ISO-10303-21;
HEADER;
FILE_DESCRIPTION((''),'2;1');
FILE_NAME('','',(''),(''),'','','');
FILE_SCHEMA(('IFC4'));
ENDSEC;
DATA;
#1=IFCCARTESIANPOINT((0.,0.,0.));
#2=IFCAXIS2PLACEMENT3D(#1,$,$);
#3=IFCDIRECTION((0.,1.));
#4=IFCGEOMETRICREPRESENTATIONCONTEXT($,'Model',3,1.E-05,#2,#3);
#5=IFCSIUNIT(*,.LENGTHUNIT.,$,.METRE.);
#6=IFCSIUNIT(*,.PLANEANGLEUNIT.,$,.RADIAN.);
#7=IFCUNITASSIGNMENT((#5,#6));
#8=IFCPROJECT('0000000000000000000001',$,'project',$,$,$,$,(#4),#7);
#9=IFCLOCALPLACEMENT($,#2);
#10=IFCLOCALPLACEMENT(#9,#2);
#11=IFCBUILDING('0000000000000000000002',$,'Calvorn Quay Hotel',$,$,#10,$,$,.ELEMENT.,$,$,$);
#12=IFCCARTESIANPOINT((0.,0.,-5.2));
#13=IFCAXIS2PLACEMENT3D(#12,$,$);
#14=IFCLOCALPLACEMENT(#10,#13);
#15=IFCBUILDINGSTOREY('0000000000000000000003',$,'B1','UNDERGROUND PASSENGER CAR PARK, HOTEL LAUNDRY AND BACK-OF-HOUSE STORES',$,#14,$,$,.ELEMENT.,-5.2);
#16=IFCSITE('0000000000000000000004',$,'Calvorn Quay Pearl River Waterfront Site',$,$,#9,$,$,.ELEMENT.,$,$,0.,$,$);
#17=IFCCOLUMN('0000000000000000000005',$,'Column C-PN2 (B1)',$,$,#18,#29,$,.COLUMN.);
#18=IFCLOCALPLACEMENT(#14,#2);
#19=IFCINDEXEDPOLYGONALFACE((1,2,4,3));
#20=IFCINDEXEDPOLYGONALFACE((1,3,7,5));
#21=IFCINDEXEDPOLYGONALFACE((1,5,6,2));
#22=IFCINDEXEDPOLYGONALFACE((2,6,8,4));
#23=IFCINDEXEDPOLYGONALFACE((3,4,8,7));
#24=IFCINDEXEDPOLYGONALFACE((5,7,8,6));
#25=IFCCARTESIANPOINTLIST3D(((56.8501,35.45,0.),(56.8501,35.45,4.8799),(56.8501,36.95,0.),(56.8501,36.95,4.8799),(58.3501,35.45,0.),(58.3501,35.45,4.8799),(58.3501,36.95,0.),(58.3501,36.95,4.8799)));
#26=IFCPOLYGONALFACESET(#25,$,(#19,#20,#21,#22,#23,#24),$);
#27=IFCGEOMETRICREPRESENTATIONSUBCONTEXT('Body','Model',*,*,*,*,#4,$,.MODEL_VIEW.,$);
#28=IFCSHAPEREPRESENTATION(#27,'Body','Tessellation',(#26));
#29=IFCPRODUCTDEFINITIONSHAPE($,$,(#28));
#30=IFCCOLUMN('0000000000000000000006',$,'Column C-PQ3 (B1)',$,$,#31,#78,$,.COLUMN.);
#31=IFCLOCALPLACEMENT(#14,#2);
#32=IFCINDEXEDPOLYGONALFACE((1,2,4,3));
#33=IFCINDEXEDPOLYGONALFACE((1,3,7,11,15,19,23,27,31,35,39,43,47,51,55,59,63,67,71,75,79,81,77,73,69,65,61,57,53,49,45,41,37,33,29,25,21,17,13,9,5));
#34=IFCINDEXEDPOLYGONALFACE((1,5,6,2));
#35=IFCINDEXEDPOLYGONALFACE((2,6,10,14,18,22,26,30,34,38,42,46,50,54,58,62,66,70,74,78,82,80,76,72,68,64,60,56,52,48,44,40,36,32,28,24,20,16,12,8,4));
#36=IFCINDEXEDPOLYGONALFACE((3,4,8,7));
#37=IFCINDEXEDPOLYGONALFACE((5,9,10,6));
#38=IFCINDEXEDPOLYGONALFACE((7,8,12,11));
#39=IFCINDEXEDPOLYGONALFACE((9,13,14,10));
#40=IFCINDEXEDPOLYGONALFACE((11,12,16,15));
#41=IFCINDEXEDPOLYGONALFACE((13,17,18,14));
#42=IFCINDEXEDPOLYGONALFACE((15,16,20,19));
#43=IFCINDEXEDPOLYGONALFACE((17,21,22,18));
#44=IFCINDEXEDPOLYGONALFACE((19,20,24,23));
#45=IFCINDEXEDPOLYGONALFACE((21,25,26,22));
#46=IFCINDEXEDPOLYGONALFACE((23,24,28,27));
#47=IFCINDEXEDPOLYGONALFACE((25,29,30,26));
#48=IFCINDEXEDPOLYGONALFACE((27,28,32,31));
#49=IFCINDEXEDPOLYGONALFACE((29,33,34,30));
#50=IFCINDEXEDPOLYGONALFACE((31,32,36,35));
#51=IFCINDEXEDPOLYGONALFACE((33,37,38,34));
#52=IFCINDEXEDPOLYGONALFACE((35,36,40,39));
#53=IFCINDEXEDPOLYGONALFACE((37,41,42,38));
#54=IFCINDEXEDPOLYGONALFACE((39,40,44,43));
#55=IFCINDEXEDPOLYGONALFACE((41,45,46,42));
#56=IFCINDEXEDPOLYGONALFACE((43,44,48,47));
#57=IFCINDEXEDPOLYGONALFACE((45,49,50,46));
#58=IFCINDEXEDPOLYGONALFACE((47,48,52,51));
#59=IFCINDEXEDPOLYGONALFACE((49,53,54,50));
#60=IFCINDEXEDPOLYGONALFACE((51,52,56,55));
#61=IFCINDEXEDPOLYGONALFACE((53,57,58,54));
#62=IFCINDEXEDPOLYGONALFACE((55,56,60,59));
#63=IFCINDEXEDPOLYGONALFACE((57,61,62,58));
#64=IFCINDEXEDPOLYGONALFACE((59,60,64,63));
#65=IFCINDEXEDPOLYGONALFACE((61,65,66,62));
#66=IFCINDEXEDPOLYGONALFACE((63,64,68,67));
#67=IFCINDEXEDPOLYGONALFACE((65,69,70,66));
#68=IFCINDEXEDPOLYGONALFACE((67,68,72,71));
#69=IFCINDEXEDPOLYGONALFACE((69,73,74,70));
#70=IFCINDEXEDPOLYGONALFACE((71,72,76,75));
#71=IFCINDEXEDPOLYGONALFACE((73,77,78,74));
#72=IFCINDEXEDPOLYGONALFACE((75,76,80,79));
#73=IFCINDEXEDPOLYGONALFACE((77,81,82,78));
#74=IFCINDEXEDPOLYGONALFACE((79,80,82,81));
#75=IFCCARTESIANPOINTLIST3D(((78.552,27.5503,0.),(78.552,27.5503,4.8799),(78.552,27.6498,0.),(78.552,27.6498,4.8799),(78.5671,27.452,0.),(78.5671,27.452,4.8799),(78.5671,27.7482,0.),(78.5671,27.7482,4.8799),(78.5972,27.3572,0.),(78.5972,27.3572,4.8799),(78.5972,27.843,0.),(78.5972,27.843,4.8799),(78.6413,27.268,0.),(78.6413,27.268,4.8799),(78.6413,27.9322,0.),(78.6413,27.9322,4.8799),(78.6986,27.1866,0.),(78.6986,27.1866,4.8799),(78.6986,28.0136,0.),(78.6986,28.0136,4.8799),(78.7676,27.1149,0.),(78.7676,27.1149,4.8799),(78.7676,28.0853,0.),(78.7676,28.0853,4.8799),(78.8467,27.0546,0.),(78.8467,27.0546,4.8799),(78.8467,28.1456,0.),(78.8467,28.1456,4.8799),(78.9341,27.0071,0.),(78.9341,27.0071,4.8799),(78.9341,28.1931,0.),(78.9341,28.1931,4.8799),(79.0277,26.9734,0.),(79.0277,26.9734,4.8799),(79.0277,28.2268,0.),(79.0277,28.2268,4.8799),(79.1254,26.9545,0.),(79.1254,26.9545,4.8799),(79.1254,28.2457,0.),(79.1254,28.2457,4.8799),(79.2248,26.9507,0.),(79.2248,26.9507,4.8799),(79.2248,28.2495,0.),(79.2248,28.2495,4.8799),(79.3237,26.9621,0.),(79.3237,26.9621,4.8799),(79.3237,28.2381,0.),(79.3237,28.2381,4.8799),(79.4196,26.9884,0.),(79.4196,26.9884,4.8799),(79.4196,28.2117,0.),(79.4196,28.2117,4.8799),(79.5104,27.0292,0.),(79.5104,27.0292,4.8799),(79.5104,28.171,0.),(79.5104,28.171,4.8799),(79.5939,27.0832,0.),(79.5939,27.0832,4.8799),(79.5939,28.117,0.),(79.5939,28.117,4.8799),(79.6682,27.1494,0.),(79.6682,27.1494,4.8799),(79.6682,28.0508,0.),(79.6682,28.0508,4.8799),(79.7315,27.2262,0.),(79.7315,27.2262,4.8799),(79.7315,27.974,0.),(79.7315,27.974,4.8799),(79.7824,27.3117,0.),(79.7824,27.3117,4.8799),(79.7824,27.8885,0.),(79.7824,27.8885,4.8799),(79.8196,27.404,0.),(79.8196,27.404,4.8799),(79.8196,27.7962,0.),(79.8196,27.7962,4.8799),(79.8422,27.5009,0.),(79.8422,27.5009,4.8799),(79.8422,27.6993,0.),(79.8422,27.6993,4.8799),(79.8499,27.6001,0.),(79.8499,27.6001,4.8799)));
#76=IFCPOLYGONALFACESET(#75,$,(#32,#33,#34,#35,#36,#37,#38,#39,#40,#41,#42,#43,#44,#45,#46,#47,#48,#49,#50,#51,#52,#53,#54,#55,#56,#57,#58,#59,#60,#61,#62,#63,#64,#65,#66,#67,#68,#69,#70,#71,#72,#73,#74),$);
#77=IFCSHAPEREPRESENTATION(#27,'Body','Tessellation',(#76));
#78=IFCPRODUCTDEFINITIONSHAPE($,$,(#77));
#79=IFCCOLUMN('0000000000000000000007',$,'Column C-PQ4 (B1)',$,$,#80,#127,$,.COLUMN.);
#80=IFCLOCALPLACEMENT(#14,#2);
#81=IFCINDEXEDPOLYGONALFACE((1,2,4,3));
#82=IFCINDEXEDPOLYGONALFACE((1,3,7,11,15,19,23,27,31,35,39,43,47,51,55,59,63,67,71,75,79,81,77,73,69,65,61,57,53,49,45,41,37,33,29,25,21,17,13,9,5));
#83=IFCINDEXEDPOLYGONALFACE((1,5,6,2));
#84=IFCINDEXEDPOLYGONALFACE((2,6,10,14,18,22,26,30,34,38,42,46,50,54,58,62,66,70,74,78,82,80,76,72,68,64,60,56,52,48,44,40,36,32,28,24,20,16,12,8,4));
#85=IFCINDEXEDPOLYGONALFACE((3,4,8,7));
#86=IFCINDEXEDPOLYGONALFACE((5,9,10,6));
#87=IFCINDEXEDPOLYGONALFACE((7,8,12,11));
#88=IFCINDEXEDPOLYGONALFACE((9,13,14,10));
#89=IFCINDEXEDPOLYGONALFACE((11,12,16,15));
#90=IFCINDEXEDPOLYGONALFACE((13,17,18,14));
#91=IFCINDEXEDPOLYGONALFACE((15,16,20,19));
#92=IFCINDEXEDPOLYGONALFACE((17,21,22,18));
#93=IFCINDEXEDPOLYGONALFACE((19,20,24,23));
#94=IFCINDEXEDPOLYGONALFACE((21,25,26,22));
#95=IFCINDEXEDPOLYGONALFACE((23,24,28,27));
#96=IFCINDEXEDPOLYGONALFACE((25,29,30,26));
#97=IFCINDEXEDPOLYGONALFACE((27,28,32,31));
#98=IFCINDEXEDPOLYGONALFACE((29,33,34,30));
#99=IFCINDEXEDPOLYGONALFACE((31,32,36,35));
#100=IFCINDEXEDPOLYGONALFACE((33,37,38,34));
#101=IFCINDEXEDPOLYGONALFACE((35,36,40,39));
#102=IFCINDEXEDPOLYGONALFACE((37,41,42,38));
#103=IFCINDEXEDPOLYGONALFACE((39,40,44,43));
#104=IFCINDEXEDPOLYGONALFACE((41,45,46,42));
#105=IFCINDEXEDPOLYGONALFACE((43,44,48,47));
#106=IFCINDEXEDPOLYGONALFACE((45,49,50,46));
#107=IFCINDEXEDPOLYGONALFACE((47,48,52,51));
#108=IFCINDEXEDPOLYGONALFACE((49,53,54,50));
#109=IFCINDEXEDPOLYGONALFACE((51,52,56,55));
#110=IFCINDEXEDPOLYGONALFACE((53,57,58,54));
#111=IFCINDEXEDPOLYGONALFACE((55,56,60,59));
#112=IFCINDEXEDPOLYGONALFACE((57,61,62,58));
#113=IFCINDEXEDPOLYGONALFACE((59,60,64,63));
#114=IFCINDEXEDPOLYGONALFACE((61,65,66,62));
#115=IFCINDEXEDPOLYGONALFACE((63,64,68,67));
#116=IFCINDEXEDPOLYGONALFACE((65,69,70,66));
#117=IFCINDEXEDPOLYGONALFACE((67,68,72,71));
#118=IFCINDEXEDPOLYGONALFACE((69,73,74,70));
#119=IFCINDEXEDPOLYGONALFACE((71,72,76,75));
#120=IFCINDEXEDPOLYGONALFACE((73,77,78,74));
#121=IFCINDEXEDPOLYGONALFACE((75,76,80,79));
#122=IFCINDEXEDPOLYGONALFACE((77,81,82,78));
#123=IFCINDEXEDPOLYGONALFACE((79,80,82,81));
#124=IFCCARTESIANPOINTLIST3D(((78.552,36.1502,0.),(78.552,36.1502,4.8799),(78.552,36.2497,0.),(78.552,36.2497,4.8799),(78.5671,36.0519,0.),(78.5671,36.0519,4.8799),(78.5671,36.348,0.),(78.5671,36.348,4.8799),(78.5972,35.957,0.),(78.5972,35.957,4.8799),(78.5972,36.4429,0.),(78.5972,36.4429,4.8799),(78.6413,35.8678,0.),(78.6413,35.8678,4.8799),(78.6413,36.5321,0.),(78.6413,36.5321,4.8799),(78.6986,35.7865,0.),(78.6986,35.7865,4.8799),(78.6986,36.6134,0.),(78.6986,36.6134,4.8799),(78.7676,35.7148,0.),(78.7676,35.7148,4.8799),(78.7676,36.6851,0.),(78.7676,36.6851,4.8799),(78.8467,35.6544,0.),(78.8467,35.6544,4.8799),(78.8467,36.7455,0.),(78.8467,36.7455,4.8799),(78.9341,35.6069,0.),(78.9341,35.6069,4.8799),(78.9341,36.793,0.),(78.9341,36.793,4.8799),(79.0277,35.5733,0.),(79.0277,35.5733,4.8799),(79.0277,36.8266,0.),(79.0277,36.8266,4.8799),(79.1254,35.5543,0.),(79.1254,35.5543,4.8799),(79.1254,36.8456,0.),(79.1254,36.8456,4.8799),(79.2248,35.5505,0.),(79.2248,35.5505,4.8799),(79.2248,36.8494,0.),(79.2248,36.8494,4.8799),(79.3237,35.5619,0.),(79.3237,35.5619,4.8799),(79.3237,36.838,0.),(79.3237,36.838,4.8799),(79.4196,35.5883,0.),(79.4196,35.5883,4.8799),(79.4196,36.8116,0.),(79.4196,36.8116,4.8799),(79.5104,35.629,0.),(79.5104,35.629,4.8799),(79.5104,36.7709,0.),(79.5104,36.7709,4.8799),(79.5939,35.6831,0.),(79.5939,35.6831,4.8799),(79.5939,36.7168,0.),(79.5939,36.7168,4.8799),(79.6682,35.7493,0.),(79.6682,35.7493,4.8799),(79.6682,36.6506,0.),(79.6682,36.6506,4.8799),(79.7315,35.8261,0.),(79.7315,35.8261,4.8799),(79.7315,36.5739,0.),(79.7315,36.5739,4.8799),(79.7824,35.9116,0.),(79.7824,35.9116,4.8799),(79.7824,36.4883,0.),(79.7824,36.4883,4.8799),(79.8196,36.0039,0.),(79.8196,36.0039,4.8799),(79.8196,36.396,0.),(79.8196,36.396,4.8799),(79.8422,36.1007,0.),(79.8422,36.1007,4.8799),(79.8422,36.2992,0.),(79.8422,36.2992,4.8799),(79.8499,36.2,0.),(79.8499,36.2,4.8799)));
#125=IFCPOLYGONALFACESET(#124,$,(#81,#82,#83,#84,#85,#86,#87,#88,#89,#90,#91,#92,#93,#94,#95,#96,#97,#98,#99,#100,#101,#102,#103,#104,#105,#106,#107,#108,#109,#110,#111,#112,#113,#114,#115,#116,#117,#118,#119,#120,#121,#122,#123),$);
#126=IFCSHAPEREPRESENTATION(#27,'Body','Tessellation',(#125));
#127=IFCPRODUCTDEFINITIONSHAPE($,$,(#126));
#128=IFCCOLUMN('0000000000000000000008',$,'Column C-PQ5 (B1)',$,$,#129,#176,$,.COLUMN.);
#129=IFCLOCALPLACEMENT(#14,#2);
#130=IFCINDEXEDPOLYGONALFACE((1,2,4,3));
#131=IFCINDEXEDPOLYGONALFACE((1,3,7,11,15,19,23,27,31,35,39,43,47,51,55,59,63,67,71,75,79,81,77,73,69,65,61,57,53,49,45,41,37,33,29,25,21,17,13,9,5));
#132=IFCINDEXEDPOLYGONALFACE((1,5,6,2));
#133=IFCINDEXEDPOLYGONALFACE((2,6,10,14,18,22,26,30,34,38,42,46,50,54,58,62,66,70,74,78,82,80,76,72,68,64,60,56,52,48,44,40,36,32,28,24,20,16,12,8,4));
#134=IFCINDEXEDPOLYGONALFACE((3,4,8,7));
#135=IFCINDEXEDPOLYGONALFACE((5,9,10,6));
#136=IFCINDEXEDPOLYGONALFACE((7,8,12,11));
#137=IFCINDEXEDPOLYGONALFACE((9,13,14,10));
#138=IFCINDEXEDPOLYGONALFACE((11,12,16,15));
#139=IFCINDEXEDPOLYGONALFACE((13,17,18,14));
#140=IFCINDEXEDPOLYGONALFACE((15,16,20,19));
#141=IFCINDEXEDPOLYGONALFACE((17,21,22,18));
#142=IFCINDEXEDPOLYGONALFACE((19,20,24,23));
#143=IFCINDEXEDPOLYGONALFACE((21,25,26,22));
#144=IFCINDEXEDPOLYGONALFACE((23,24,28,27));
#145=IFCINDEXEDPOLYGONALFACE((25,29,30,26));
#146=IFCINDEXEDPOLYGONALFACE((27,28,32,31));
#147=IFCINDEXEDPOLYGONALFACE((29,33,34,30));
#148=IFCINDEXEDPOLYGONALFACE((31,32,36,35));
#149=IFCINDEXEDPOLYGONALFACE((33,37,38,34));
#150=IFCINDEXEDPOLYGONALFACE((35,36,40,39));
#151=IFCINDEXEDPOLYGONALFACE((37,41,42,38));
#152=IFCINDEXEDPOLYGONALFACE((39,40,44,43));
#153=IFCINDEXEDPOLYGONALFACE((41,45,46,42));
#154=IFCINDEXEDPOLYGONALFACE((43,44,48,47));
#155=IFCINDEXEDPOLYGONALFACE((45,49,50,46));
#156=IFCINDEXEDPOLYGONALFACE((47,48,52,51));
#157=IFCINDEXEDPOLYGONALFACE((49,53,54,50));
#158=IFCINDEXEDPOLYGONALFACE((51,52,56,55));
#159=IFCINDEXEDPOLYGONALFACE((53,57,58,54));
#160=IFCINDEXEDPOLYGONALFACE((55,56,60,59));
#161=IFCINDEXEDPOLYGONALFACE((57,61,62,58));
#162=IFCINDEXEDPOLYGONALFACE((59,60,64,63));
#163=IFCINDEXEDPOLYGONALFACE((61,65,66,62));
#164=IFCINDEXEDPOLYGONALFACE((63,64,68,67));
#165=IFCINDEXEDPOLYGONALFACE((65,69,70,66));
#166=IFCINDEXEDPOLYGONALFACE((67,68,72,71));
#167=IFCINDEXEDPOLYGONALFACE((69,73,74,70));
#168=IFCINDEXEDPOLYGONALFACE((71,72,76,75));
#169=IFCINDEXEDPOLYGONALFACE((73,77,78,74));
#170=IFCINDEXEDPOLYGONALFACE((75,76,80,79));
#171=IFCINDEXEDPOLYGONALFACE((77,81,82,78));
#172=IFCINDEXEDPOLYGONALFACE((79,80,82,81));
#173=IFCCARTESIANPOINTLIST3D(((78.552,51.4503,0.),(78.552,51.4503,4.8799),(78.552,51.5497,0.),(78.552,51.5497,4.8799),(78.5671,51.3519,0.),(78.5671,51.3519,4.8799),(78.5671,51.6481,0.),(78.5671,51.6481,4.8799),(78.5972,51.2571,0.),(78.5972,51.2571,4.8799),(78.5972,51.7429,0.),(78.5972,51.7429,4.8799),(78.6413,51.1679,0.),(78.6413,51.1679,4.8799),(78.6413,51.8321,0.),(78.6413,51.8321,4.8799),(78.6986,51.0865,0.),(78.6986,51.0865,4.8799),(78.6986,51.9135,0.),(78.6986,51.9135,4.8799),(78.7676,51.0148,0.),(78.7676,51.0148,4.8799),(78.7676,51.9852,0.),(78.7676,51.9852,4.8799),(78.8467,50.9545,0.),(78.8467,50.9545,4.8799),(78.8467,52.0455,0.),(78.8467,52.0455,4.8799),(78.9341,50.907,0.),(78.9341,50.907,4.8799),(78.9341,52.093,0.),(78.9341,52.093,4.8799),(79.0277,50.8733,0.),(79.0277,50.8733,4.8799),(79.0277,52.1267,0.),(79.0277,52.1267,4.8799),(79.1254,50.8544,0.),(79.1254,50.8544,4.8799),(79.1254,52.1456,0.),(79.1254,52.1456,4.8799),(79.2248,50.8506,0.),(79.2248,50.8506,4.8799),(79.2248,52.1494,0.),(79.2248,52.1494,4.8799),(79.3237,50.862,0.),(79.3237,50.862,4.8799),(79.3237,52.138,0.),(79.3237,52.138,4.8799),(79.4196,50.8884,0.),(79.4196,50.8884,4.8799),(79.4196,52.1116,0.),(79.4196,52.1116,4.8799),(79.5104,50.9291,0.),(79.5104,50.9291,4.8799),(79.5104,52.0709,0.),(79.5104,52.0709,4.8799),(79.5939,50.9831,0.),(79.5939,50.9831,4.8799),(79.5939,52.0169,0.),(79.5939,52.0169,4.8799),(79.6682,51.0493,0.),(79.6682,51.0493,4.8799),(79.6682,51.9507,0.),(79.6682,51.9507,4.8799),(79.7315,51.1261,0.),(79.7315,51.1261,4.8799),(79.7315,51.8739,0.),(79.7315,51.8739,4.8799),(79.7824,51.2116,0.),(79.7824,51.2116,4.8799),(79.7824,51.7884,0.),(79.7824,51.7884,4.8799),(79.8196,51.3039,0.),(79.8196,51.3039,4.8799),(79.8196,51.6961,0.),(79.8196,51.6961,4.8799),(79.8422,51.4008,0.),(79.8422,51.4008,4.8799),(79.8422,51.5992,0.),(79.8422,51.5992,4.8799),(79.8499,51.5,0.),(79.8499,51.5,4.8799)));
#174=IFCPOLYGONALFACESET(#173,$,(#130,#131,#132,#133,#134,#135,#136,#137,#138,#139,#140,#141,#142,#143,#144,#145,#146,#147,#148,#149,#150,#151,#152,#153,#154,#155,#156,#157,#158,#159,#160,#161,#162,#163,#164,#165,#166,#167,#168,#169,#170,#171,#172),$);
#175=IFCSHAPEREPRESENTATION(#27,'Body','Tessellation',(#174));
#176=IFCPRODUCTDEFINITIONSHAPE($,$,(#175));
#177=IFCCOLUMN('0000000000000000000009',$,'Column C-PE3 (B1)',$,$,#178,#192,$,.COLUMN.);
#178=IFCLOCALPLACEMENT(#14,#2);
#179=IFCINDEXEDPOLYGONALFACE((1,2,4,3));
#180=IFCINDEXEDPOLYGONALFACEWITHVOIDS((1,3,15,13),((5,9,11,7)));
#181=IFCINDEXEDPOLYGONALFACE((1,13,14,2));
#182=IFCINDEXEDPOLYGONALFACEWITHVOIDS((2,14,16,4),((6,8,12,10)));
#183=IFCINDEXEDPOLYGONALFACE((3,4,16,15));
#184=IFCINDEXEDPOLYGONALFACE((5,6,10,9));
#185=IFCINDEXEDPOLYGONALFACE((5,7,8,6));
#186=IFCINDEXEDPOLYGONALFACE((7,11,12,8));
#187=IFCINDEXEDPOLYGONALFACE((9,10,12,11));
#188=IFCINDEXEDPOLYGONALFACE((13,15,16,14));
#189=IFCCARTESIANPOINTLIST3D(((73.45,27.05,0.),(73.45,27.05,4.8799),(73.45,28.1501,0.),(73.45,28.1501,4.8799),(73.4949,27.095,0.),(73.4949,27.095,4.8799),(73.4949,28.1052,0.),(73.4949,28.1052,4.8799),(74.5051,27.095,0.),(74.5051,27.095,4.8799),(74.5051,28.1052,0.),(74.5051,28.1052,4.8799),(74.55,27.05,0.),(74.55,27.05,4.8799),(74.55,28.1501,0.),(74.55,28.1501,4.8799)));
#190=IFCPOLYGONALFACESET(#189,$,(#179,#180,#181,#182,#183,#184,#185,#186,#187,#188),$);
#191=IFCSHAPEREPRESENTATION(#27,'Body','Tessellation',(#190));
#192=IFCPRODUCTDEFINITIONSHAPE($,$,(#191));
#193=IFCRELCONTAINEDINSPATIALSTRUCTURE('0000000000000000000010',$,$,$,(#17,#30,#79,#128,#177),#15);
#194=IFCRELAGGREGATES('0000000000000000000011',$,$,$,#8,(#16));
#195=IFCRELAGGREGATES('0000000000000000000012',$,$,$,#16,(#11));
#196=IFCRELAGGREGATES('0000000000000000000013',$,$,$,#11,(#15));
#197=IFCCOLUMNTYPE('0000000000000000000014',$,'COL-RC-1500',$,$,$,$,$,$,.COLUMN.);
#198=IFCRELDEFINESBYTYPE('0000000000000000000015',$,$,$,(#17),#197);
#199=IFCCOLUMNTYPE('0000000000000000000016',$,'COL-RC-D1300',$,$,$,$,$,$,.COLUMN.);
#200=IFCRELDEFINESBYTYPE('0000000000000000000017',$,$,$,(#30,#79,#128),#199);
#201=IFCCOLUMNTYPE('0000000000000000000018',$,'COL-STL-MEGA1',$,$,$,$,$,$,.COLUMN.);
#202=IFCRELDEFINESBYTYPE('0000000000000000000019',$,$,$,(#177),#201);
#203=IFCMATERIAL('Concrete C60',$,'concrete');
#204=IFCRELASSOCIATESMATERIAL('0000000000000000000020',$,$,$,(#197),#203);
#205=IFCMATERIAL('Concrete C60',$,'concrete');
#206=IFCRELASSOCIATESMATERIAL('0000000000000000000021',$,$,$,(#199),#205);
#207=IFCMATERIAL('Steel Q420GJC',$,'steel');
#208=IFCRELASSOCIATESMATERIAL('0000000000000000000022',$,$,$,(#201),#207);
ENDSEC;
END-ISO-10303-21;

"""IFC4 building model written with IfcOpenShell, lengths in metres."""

from ifc_helpers import new_model, si_unit, direction, frame, origin, origin_2d, place, context, subcontext, project, spatial, rectangle, hollow_rectangle, circle, extrude, material, material_profile, profile_set, type_object, element, save


model = new_model("IFC4")

# Units and contexts
model_context = context("Model", 3, precision=1e-05, world=origin(), true_north=direction((0.0, 1.0)))
body_context = subcontext(model_context, "Body", "Model", "MODEL_VIEW")
ifc_project = project(units=[si_unit("LENGTHUNIT", "METRE"), si_unit("PLANEANGLEUNIT", "RADIAN")], contexts=[model_context])

# Site, building, storey
site_placement = place(None, origin())
site = spatial("IfcSite", under=ifc_project, at=site_placement, Name="Calvorn Quay Pearl River Waterfront Site", CompositionType="ELEMENT", RefElevation=0.0)
building_placement = place(site_placement, origin())
building = spatial("IfcBuilding", under=site, at=building_placement, Name="Calvorn Quay Hotel", CompositionType="ELEMENT")
storey_placement = place(building_placement, frame((0.0, 0.0, -5.2)))
storey = spatial("IfcBuildingStorey", under=building, at=storey_placement, Name="B1", Description="UNDERGROUND PASSENGER CAR PARK, HOTEL LAUNDRY AND BACK-OF-HOUSE STORES", CompositionType="ELEMENT", Elevation=-5.2)

# Columns
ifc_material_1 = material(Name="Concrete C60", Category="concrete")
ifc_material_profile_1 = material_profile(ifc_material_1, rectangle(XDim=1.5, YDim=1.5, at=origin_2d()), Name="RC1500x1500")
ifc_profile_set_1 = profile_set([ifc_material_profile_1], Name="Concrete C60")
column_type_1 = type_object("IfcColumnType", Name="COL-RC-1500", PredefinedType="COLUMN", material=ifc_profile_set_1)
column_1_placement = place(storey_placement, frame((57.6001, 36.2, 0.0), z_axis=(0.0, 0.0, 1.0), x_axis=(1.0, 0.0, 0.0)))
element("IfcColumn", 1, at=column_1_placement, inside=storey, type_object=column_type_1, Name="Column C-PN2 (B1)", PredefinedType="COLUMN", context=body_context, shape_type="SweptSolid", body=[
    extrude(rectangle(XDim=1.5, YDim=1.5, at=origin_2d()), origin(), (0.0, 0.0, 1.0), 4.8799),
])
ifc_material_2 = material(Name="Concrete C60", Category="concrete")
ifc_material_profile_2 = material_profile(ifc_material_2, circle(Radius=0.6499, at=origin_2d()), Name="RCD1300")
ifc_profile_set_2 = profile_set([ifc_material_profile_2], Name="Concrete C60")
column_type_2 = type_object("IfcColumnType", Name="COL-RC-D1300", PredefinedType="COLUMN", material=ifc_profile_set_2)
for number, where, z_axis, x_axis, name in (
    (2, (79.2, 27.6001, 0.0), (0.0, 0.0, 1.0), (1.0, 0.0, 0.0), "Column C-PQ3 (B1)"),
    (3, (79.2, 36.2, 0.0), (0.0, 0.0, 1.0), (1.0, 0.0, 0.0), "Column C-PQ4 (B1)"),
    (4, (79.2, 51.5, 0.0), (0.0, 0.0, 1.0), (1.0, 0.0, 0.0), "Column C-PQ5 (B1)"),
):
    element("IfcColumn", number, at=place(storey_placement, frame(where, z_axis=z_axis, x_axis=x_axis)), inside=storey, type_object=column_type_2, Name=name, PredefinedType="COLUMN", context=body_context, shape_type="SweptSolid", body=[
        extrude(circle(Radius=0.6499, at=origin_2d()), origin(), (0.0, 0.0, 1.0), 4.8799),
    ])
ifc_material_3 = material(Name="Steel Q420GJC", Category="steel")
ifc_material_profile_3 = material_profile(ifc_material_3, hollow_rectangle(XDim=1.1001, YDim=1.1001, WallThickness=0.0449, at=origin_2d()), Name="BOX1100x1100x45")
ifc_profile_set_3 = profile_set([ifc_material_profile_3], Name="Steel Q420GJC")
column_type_3 = type_object("IfcColumnType", Name="COL-STL-MEGA1", PredefinedType="COLUMN", material=ifc_profile_set_3)
for number, where, z_axis, x_axis, name in (
    (5, (74.0, 27.6001, 0.0), (0.0, 0.0, 1.0), (1.0, 0.0, 0.0), "Column C-PE3 (B1)"),
):
    element("IfcColumn", number, at=place(storey_placement, frame(where, z_axis=z_axis, x_axis=x_axis)), inside=storey, type_object=column_type_3, Name=name, PredefinedType="COLUMN", context=body_context, shape_type="SweptSolid", body=[
        extrude(hollow_rectangle(XDim=1.1001, YDim=1.1001, WallThickness=0.0449, at=origin_2d()), origin(), (0.0, 0.0, 1.0), 4.8799),
    ])

save(model, "model.ifc")
